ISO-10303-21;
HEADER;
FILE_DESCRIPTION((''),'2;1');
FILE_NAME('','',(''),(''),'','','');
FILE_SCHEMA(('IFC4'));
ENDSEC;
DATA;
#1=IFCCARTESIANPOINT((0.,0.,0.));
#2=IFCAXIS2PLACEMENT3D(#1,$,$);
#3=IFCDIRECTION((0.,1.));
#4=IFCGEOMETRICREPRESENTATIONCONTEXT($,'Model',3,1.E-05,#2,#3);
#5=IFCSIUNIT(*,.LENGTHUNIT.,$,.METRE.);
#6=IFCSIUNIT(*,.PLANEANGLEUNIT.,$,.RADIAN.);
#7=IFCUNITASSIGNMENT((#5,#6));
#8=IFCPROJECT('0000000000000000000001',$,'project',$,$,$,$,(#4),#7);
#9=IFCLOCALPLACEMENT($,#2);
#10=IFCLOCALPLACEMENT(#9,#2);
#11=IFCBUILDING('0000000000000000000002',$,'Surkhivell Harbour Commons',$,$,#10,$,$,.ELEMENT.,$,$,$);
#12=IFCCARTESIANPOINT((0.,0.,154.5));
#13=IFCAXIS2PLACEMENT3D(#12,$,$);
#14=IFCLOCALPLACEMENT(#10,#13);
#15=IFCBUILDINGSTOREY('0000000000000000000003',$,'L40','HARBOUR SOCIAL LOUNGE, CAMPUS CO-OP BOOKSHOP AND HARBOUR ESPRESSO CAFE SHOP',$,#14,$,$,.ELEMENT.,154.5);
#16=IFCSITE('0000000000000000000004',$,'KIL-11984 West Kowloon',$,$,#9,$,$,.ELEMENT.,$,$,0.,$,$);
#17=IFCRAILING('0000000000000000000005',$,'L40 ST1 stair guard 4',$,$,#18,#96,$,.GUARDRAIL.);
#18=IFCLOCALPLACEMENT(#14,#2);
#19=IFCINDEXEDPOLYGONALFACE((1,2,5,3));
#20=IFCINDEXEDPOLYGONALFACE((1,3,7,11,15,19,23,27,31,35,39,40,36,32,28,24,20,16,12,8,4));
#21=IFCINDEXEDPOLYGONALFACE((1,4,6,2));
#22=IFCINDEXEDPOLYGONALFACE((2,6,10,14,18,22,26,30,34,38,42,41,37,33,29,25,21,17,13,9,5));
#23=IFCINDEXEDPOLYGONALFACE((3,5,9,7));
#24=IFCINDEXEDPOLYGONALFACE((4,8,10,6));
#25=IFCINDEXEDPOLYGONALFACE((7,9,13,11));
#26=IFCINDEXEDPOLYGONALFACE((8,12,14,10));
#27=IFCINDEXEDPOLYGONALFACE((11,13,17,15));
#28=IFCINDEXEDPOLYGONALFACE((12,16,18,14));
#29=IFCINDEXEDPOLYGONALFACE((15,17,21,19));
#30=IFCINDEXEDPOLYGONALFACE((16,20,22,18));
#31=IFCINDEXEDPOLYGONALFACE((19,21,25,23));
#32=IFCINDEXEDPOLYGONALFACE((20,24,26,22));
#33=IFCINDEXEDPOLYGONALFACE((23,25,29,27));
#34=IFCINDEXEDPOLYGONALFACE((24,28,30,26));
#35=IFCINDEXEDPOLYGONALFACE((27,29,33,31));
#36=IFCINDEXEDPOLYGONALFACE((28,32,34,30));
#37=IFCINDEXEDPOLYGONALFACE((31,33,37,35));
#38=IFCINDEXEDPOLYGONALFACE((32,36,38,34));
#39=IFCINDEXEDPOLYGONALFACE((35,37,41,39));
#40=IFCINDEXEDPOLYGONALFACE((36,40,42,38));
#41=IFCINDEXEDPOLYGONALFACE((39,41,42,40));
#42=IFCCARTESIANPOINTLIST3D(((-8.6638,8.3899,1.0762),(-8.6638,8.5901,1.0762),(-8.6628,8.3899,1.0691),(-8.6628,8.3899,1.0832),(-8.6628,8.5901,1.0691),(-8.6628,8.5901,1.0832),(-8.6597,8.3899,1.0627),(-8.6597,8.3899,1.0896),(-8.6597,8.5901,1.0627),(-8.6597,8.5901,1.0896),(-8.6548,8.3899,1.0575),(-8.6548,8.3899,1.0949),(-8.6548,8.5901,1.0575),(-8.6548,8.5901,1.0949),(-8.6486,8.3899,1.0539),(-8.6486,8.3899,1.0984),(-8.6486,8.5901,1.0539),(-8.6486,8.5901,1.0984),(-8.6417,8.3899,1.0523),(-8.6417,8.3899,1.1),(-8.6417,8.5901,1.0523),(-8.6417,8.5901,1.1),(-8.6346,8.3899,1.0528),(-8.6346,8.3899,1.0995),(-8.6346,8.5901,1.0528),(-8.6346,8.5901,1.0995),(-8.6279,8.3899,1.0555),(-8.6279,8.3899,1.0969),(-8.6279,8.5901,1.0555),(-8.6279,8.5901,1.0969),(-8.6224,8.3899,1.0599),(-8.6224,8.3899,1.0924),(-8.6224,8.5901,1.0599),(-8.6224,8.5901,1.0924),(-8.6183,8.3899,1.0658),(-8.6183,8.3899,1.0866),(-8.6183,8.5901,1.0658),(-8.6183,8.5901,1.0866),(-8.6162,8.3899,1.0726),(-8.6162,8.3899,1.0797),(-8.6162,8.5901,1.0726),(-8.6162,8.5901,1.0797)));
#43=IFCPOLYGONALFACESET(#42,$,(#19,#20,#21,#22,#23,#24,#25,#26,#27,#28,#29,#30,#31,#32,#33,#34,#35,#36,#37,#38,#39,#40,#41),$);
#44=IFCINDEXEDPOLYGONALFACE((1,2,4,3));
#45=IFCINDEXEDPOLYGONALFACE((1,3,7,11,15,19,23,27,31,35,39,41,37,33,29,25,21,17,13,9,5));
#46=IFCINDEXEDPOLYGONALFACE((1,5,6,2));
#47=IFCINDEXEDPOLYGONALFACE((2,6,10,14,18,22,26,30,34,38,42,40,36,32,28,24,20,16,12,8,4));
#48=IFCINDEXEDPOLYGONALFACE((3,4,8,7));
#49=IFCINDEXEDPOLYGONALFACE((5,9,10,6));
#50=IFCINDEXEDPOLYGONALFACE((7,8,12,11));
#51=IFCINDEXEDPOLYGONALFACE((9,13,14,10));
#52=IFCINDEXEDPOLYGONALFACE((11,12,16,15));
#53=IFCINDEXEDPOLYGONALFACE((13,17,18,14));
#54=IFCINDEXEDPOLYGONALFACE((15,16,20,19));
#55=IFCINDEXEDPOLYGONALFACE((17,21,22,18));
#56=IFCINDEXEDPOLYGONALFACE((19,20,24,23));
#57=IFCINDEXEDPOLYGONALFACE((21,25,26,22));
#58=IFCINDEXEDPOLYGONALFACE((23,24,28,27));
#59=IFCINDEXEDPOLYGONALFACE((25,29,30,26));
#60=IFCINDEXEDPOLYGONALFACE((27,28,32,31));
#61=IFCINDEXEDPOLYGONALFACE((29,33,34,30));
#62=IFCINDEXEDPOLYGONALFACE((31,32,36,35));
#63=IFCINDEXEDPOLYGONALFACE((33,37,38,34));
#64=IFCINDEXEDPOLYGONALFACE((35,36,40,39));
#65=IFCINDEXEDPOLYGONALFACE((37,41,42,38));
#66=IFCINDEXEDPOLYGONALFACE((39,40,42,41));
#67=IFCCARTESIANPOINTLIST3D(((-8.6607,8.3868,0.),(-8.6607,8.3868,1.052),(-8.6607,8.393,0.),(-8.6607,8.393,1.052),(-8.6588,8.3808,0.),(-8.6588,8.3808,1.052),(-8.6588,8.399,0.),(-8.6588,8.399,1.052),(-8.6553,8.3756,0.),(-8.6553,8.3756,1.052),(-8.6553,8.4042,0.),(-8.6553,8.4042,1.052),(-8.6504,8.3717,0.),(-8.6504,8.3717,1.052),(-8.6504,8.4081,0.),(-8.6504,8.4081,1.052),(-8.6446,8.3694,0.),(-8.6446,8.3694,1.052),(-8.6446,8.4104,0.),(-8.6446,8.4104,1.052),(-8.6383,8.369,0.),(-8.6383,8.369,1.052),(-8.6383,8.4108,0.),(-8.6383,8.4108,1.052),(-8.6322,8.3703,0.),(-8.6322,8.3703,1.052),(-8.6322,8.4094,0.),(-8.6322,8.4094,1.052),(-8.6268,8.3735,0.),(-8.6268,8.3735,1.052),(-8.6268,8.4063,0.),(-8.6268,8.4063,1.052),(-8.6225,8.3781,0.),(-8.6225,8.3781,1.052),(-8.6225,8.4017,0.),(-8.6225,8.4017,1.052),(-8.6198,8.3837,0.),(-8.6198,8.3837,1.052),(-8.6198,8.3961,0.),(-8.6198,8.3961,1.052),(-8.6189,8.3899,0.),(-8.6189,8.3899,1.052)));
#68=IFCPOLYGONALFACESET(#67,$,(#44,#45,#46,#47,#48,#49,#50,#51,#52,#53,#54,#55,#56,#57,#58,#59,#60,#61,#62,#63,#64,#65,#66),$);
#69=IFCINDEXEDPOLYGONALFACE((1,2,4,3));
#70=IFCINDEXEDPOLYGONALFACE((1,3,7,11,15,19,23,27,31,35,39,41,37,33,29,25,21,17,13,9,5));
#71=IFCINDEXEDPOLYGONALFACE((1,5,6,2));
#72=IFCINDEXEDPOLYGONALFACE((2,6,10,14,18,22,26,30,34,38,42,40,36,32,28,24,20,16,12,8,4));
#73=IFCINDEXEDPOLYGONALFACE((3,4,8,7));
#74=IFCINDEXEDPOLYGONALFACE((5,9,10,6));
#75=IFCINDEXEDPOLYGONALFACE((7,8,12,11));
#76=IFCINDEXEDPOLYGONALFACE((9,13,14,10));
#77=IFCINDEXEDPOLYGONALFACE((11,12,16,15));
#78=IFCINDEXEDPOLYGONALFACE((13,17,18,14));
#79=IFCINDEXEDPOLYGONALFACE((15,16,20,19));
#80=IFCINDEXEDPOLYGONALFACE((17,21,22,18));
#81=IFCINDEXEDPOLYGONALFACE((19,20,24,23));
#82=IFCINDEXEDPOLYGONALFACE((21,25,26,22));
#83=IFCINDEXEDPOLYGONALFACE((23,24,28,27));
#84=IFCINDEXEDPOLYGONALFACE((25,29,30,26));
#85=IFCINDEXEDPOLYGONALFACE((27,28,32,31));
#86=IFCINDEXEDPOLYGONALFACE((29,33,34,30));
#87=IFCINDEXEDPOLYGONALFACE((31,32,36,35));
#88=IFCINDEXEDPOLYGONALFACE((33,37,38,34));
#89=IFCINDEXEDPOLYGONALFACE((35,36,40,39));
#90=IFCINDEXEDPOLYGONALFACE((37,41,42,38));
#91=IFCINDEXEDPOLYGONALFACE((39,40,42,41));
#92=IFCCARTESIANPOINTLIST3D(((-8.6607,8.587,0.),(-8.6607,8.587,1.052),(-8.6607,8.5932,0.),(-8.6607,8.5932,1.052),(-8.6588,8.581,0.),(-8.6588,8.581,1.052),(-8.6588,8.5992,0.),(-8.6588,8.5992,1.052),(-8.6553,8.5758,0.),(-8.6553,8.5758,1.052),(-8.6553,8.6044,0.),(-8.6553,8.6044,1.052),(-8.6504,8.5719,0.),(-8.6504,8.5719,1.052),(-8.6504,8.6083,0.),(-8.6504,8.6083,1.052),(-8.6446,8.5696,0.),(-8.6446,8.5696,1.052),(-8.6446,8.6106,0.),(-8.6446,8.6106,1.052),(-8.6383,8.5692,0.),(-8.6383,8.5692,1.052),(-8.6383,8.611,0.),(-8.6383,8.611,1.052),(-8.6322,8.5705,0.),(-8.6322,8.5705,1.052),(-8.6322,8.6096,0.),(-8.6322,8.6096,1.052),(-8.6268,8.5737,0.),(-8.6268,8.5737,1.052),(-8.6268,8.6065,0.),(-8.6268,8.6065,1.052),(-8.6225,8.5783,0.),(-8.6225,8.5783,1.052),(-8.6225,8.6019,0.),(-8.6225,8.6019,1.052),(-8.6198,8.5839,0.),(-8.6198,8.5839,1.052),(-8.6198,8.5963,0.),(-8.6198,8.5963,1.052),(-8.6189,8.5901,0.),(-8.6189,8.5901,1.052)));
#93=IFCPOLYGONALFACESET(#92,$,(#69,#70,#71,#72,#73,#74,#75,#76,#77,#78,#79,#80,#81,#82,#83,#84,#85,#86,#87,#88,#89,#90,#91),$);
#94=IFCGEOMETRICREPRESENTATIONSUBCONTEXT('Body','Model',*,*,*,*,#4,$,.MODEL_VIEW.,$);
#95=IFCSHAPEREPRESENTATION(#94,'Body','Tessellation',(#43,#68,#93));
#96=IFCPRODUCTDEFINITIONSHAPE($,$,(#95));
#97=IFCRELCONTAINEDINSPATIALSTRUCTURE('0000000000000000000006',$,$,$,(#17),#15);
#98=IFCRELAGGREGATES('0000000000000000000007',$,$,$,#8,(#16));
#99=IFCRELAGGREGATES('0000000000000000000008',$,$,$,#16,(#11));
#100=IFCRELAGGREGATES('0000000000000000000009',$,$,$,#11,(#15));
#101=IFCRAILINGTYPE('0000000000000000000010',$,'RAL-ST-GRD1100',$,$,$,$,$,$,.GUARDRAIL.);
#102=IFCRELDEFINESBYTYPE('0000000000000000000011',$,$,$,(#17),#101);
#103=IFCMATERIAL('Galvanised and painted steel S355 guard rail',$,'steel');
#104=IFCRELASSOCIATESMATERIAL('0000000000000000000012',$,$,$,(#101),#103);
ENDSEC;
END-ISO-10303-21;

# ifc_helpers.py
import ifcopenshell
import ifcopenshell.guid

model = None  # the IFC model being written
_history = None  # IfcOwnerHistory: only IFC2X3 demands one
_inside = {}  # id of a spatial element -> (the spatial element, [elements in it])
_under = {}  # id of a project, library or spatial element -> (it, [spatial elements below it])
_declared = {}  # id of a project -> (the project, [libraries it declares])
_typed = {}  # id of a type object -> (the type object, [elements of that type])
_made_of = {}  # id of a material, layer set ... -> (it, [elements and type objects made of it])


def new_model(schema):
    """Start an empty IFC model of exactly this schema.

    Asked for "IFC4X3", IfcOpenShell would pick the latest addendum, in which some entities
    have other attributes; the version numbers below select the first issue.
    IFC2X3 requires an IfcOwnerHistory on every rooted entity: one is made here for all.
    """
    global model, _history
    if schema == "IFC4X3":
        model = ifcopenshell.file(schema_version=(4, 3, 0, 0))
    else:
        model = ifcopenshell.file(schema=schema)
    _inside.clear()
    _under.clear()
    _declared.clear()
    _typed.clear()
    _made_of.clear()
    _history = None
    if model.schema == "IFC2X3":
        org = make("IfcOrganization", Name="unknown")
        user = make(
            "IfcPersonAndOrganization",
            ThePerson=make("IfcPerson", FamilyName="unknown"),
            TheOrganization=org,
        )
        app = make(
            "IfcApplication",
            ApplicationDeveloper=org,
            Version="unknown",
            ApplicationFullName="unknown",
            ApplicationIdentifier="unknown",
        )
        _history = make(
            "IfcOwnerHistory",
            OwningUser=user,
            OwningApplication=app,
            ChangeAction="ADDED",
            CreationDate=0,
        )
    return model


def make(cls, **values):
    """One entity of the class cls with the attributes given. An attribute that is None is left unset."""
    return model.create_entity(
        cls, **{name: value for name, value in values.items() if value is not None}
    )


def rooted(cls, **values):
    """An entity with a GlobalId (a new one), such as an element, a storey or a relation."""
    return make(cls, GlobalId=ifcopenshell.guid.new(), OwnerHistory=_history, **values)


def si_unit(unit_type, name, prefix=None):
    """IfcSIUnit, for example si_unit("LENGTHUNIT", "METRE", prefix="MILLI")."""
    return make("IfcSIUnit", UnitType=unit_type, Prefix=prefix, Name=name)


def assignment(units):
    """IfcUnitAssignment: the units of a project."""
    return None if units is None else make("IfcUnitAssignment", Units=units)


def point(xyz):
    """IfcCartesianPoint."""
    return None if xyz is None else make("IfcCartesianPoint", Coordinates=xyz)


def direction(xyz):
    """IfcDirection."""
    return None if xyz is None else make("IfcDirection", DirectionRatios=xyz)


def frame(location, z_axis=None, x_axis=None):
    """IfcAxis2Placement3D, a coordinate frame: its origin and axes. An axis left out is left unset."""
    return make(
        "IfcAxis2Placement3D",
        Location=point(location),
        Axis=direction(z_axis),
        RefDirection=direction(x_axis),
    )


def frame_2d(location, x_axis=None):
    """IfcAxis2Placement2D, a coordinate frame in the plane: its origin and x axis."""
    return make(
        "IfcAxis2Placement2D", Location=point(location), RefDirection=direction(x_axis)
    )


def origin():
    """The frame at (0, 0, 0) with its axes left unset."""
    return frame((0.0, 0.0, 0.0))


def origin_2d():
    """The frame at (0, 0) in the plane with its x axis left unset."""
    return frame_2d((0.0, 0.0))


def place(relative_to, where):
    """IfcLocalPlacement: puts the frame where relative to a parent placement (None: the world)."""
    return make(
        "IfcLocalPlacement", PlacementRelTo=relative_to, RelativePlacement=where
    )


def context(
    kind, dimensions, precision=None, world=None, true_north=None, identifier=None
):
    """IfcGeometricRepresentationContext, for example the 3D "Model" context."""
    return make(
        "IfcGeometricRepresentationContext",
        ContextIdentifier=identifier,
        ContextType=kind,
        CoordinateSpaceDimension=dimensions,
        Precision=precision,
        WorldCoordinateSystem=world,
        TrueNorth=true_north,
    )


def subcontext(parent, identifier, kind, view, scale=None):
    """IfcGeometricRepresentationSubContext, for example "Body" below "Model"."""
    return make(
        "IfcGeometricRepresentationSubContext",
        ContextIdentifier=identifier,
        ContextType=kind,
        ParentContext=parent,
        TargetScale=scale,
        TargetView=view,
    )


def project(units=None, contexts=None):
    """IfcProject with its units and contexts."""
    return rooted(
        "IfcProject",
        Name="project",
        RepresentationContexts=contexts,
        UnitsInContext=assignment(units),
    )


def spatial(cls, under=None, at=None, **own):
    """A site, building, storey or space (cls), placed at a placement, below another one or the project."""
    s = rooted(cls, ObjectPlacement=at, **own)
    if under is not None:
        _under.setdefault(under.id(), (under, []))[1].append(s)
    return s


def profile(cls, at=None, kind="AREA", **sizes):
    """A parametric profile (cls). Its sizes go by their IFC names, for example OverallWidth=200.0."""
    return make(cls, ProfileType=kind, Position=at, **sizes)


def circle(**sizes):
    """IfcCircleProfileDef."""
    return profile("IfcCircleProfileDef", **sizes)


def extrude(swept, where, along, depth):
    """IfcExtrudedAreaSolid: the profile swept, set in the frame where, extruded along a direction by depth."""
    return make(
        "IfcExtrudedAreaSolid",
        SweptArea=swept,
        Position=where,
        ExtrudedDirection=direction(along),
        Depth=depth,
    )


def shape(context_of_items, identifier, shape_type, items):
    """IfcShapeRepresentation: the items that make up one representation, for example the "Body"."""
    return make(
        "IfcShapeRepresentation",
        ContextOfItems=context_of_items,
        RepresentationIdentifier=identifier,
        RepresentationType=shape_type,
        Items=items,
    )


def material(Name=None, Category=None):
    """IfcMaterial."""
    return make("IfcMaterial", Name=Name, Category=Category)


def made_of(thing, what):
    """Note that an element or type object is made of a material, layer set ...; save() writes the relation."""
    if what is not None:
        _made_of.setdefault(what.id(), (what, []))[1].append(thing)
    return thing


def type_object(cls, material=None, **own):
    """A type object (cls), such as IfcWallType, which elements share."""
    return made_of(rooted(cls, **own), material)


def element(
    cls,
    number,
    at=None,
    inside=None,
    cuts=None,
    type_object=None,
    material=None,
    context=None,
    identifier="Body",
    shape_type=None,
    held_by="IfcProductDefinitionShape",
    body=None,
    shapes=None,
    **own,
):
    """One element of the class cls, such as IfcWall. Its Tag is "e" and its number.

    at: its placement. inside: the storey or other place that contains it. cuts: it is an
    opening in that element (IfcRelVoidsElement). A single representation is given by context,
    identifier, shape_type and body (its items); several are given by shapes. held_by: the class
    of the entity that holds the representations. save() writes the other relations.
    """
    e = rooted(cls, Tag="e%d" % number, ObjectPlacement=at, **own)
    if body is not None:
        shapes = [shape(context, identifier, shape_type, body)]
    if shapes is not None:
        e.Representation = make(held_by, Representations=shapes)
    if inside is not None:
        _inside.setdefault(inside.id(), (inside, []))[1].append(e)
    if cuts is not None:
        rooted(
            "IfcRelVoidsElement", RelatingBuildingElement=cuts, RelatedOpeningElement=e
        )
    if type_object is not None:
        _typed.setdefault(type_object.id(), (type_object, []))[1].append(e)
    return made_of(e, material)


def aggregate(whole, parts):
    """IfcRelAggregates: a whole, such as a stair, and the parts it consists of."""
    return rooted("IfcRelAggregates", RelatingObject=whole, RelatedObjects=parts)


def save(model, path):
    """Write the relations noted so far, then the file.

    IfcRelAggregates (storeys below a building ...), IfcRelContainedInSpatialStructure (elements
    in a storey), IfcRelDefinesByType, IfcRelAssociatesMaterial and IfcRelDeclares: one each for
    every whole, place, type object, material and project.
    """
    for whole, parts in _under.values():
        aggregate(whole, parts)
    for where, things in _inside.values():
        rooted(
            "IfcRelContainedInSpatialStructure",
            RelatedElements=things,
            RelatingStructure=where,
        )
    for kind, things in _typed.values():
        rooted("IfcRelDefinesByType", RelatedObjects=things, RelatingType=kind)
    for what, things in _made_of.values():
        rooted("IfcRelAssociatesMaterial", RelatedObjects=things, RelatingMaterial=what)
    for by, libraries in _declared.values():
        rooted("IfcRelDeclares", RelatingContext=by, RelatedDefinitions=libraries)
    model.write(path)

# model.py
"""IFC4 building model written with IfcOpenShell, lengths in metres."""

from ifc_helpers import new_model, si_unit, direction, frame, origin, origin_2d, place, context, subcontext, project, spatial, circle, extrude, material, type_object, element, save


model = new_model("IFC4")

# Units and contexts
model_context = context("Model", 3, precision=1e-05, world=origin(), true_north=direction((0.0, 1.0)))
body_context = subcontext(model_context, "Body", "Model", "MODEL_VIEW")
ifc_project = project(units=[si_unit("LENGTHUNIT", "METRE"), si_unit("PLANEANGLEUNIT", "RADIAN")], contexts=[model_context])

# Site, building, storey
site_placement = place(None, origin())
site = spatial("IfcSite", under=ifc_project, at=site_placement, Name="KIL-11984 West Kowloon", CompositionType="ELEMENT", RefElevation=0.0)
building_placement = place(site_placement, origin())
building = spatial("IfcBuilding", under=site, at=building_placement, Name="Surkhivell Harbour Commons", CompositionType="ELEMENT")
storey_placement = place(building_placement, frame((0.0, 0.0, 154.5)))
storey = spatial("IfcBuildingStorey", under=building, at=storey_placement, Name="L40", Description="HARBOUR SOCIAL LOUNGE, CAMPUS CO-OP BOOKSHOP AND HARBOUR ESPRESSO CAFE SHOP", CompositionType="ELEMENT", Elevation=154.5)

# Railing
ifc_material_1 = material(Name="Galvanised and painted steel S355 guard rail", Category="steel")
railing_type_1 = type_object("IfcRailingType", Name="RAL-ST-GRD1100", PredefinedType="GUARDRAIL", material=ifc_material_1)
railing_1_placement = place(storey_placement, frame((-8.6399, 8.3899, 0.0)))
element("IfcRailing", 1, at=railing_1_placement, inside=storey, type_object=railing_type_1, Name="L40 ST1 stair guard 4", PredefinedType="GUARDRAIL", context=body_context, shape_type="SweptSolid", body=[
    extrude(circle(Radius=0.0239, at=origin_2d()), frame((0.0, 0.0, 1.0762), z_axis=(0.0, 1.0, 0.0), x_axis=(-1.0, 0.0, 0.0)), (0.0, 0.0, 1.0), 0.2002),
    extrude(circle(Radius=0.021, at=origin_2d()), origin(), (0.0, 0.0, 1.0), 1.052),
    extrude(circle(Radius=0.021, at=origin_2d()), frame((0.0, 0.2002, 0.0)), (0.0, 0.0, 1.0), 1.052),
])

save(model, "model.ifc")
